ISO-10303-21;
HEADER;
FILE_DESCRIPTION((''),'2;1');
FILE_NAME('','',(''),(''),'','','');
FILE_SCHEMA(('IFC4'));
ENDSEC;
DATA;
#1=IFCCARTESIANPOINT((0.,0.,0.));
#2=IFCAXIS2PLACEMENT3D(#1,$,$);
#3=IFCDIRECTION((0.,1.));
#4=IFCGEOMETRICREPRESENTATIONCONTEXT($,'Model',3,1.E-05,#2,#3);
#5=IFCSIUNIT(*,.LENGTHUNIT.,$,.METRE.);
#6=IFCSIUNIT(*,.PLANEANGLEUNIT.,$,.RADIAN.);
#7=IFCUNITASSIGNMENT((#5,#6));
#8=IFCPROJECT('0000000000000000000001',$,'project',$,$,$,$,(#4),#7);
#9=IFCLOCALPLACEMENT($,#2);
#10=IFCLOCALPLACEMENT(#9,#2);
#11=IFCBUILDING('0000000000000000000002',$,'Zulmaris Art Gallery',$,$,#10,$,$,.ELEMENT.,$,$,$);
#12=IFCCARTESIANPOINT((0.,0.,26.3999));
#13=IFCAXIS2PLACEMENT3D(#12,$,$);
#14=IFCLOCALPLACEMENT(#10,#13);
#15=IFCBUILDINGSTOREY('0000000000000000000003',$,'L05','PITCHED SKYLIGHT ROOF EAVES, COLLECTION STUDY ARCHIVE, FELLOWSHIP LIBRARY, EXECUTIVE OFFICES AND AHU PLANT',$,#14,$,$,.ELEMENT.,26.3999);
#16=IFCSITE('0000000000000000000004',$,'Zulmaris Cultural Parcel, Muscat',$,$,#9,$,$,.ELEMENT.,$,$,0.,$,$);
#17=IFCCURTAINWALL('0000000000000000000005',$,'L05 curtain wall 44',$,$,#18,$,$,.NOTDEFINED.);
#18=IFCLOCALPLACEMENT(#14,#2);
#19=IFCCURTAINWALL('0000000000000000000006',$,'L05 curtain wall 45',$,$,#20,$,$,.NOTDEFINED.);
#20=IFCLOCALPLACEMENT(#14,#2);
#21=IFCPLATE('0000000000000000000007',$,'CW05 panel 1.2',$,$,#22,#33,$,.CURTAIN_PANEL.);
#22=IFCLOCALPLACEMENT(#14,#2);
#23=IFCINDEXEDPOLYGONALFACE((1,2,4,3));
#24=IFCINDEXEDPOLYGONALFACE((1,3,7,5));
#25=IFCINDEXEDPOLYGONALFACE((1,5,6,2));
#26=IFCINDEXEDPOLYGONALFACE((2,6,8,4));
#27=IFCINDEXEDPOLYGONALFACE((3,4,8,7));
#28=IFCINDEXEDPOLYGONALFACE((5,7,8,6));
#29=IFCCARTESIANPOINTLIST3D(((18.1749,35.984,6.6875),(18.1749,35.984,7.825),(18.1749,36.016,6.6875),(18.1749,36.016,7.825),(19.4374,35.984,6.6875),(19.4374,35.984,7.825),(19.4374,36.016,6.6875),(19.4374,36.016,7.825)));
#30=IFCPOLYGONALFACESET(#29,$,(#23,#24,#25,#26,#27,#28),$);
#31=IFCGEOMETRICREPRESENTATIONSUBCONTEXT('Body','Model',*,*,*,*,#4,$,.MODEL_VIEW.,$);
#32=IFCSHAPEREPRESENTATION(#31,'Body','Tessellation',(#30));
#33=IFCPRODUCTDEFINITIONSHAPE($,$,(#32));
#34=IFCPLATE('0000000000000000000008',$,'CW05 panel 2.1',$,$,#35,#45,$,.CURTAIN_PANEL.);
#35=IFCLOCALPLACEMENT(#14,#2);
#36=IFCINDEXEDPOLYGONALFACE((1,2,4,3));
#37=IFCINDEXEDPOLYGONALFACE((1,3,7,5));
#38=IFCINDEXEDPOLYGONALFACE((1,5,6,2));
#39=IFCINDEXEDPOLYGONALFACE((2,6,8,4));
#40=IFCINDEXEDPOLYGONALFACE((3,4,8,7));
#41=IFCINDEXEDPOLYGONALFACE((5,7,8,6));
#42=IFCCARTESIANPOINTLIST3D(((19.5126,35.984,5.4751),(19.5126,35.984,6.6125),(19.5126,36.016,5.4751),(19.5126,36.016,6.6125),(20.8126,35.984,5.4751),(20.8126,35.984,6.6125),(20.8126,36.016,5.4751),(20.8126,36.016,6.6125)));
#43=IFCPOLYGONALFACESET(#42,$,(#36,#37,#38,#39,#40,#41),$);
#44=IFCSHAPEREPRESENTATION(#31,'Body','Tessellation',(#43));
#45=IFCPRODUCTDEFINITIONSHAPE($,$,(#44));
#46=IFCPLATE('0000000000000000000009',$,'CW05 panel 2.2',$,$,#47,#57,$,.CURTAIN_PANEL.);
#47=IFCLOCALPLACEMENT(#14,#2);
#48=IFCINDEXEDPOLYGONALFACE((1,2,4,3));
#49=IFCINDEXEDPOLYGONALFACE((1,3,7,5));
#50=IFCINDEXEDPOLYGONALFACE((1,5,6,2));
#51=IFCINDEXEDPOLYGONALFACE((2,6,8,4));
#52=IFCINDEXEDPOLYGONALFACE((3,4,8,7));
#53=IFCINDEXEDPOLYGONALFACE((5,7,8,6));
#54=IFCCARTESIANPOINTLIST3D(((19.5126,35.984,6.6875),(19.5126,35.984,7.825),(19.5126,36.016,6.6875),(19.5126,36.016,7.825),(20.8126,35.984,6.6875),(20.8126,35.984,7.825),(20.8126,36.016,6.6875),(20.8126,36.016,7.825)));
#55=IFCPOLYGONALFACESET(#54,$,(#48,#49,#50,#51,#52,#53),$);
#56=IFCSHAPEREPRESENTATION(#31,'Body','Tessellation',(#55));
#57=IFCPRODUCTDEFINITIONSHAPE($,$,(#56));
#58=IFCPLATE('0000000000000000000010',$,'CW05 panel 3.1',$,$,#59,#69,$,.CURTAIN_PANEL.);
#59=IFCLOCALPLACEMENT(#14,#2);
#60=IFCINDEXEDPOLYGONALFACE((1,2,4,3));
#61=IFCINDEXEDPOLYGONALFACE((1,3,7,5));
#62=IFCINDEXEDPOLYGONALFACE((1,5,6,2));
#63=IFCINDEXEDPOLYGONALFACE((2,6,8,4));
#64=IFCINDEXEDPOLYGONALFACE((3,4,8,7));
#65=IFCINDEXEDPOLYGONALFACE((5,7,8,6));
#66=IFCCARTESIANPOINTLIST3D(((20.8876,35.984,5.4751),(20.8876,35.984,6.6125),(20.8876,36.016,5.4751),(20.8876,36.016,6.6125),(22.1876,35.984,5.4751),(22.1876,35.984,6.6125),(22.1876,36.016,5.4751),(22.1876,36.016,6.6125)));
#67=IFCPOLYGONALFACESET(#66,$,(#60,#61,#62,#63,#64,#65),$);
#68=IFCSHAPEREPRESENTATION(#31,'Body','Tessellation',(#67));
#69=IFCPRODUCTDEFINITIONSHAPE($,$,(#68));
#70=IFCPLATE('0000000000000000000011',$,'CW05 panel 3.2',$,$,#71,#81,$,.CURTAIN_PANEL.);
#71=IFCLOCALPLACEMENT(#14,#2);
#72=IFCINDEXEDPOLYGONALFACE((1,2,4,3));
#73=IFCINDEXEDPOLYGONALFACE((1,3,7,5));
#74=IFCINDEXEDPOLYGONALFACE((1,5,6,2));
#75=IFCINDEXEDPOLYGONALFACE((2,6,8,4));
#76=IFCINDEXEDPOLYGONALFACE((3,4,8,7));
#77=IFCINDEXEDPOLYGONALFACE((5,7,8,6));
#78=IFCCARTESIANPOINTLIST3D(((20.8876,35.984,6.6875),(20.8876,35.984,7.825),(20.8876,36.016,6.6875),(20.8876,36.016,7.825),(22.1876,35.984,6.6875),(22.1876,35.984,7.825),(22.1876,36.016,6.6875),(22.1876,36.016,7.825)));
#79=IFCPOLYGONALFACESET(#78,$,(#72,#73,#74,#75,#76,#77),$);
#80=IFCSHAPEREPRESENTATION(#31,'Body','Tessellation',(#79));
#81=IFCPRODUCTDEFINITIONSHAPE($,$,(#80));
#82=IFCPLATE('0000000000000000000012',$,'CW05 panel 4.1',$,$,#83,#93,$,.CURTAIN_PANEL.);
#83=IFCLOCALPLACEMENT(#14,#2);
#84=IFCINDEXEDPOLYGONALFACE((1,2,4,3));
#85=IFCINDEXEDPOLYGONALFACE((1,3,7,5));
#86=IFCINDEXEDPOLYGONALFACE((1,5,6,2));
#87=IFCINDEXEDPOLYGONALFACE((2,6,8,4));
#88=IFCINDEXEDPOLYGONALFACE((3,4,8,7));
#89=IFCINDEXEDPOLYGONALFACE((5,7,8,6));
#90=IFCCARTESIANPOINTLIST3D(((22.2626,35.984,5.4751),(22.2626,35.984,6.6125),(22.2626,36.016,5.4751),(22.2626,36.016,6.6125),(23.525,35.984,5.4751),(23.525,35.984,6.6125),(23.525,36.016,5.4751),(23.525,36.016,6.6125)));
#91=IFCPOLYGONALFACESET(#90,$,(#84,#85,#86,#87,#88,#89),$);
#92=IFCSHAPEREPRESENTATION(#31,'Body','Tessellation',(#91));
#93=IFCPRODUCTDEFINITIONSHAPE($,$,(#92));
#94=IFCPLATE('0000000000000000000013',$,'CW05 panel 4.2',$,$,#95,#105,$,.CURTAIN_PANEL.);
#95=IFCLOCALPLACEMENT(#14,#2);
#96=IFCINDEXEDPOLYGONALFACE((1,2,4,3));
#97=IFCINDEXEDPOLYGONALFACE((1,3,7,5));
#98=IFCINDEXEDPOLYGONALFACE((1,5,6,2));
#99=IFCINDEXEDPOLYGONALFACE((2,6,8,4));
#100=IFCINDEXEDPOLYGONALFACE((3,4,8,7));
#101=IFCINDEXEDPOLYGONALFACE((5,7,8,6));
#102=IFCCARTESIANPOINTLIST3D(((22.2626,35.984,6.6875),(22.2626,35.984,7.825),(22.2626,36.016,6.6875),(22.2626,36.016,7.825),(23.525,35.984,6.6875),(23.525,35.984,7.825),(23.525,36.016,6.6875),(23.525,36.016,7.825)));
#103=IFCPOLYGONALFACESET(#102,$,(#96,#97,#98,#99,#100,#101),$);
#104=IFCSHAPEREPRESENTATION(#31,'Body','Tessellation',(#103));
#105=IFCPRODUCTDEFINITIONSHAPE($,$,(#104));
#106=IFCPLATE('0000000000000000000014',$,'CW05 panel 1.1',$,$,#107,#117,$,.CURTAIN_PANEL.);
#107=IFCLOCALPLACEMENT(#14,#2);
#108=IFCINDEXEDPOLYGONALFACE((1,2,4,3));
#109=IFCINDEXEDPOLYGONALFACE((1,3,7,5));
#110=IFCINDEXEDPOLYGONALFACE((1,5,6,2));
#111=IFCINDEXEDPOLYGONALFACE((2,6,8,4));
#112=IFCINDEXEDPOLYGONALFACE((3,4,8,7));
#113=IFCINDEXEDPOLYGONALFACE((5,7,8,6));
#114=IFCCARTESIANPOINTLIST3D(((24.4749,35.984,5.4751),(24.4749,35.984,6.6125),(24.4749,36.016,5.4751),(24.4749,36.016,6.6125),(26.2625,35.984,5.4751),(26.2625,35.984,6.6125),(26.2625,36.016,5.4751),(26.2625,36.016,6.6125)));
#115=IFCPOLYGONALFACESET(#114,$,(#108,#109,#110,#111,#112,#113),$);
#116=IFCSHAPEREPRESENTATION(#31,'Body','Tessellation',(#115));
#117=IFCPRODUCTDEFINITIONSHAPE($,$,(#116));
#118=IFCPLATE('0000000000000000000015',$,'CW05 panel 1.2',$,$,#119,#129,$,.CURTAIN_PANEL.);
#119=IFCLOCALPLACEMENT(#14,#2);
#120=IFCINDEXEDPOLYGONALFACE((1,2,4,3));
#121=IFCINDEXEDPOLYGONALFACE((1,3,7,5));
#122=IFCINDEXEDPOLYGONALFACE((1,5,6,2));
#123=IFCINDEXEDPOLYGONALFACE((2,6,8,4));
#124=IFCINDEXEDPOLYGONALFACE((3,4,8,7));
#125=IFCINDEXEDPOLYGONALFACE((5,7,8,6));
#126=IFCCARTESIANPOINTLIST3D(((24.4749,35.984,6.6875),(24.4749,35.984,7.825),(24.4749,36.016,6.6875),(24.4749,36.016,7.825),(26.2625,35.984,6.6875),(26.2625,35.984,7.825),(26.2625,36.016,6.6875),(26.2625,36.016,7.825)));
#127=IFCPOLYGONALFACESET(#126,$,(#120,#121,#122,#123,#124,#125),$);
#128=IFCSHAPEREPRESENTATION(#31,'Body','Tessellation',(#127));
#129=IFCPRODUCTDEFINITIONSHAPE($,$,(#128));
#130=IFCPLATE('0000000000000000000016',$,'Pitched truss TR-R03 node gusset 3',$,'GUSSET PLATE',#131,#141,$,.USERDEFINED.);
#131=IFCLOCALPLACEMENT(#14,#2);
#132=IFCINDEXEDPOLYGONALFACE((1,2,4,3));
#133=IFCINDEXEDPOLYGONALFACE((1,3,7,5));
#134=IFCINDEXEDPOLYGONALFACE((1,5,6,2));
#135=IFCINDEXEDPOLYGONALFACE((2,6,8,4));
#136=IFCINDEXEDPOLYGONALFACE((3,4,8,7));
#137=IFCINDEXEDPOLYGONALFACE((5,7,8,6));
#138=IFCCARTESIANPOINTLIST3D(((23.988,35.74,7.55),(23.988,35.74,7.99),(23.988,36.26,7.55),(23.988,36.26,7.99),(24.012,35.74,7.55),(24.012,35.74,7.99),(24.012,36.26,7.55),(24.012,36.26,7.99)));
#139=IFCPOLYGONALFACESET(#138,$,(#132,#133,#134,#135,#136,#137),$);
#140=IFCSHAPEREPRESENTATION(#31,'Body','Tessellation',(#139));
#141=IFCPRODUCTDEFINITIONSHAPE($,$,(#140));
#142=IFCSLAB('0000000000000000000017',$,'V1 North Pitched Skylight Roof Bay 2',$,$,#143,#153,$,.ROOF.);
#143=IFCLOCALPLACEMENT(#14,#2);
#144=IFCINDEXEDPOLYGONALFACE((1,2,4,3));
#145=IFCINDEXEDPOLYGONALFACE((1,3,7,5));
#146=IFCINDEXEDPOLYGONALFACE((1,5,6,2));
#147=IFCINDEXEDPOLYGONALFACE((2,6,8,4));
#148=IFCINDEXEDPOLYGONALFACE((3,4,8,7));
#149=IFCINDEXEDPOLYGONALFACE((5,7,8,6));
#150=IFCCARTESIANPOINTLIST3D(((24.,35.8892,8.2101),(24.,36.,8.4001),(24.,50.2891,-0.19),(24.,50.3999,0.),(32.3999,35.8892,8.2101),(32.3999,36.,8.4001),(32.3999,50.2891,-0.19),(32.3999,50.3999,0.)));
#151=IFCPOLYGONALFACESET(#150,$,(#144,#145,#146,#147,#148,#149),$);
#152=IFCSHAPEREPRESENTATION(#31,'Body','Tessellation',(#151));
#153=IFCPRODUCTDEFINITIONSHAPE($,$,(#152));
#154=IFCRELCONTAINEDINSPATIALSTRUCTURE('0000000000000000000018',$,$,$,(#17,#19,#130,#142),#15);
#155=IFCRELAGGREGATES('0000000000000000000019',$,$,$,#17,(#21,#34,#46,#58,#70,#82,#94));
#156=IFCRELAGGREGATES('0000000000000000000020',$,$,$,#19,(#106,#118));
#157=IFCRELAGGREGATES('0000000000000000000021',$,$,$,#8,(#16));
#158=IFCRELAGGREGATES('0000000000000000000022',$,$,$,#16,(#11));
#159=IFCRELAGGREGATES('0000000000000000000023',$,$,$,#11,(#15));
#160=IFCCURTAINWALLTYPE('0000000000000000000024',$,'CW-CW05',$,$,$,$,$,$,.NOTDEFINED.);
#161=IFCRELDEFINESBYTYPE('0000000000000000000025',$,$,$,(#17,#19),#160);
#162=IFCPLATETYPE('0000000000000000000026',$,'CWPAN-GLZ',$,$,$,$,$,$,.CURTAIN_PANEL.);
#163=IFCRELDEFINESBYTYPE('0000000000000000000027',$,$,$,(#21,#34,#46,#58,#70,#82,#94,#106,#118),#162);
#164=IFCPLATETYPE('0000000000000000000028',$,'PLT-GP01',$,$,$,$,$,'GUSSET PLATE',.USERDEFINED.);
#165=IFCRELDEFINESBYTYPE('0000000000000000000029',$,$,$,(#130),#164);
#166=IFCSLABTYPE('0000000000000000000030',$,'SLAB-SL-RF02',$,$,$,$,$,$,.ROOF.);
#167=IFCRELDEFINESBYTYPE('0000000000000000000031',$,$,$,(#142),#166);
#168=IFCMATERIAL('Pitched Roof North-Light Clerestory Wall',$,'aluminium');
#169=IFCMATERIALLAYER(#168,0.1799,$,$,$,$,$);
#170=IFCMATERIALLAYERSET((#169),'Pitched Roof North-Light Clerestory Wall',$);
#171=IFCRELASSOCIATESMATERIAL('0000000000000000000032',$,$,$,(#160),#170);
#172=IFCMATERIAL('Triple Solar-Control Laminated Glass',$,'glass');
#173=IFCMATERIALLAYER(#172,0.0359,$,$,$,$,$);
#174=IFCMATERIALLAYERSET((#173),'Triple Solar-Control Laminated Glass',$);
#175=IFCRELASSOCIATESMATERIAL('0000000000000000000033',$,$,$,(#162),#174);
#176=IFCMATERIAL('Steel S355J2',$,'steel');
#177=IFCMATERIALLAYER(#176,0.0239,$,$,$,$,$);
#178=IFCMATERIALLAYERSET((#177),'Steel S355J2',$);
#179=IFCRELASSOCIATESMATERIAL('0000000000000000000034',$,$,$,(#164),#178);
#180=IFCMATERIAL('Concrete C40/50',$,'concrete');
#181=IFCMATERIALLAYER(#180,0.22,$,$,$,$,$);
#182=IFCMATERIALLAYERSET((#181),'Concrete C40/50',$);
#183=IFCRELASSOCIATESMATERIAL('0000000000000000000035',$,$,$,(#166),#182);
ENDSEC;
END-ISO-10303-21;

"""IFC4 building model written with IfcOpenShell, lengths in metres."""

from ifc_helpers import new_model, si_unit, direction, frame, origin, origin_2d, place, context, subcontext, project, spatial, polyline, rectangle, outline, extrude, material, layer, layer_set, type_object, element, aggregate, save


model = new_model("IFC4")

# Units and contexts
model_context = context("Model", 3, precision=1e-05, world=origin(), true_north=direction((0.0, 1.0)))
body_context = subcontext(model_context, "Body", "Model", "MODEL_VIEW")
ifc_project = project(units=[si_unit("LENGTHUNIT", "METRE"), si_unit("PLANEANGLEUNIT", "RADIAN")], contexts=[model_context])

# Site, building, storey
site_placement = place(None, origin())
site = spatial("IfcSite", under=ifc_project, at=site_placement, Name="Zulmaris Cultural Parcel, Muscat", CompositionType="ELEMENT", RefElevation=0.0)
building_placement = place(site_placement, origin())
building = spatial("IfcBuilding", under=site, at=building_placement, Name="Zulmaris Art Gallery", CompositionType="ELEMENT")
storey_placement = place(building_placement, frame((0.0, 0.0, 26.3999)))
storey = spatial("IfcBuildingStorey", under=building, at=storey_placement, Name="L05", Description="PITCHED SKYLIGHT ROOF EAVES, COLLECTION STUDY ARCHIVE, FELLOWSHIP LIBRARY, EXECUTIVE OFFICES AND AHU PLANT", CompositionType="ELEMENT", Elevation=26.3999)

# Curtain wall
ifc_material_1 = material(Name="Pitched Roof North-Light Clerestory Wall", Category="aluminium")
ifc_layer_1 = layer(ifc_material_1, 0.1799)
ifc_layer_set_1 = layer_set([ifc_layer_1], Name="Pitched Roof North-Light Clerestory Wall")
curtain_wall_type = type_object("IfcCurtainWallType", Name="CW-CW05", PredefinedType="NOTDEFINED", material=ifc_layer_set_1)
curtain_wall_1_placement = place(storey_placement, origin())
curtain_wall_1 = element("IfcCurtainWall", 1, at=curtain_wall_1_placement, inside=storey, type_object=curtain_wall_type, Name="L05 curtain wall 44", PredefinedType="NOTDEFINED")

# Curtain wall
curtain_wall_2_placement = place(storey_placement, origin())
curtain_wall_2 = element("IfcCurtainWall", 2, at=curtain_wall_2_placement, inside=storey, type_object=curtain_wall_type, Name="L05 curtain wall 45", PredefinedType="NOTDEFINED")

# Shared definitions
ifc_material_2 = material(Name="Steel S355J2", Category="steel")

# Plates
ifc_material_3 = material(Name="Triple Solar-Control Laminated Glass", Category="glass")
ifc_layer_2 = layer(ifc_material_3, 0.0359)
ifc_layer_set_2 = layer_set([ifc_layer_2], Name="Triple Solar-Control Laminated Glass")
plate_type_1 = type_object("IfcPlateType", Name="CWPAN-GLZ", PredefinedType="CURTAIN_PANEL", material=ifc_layer_set_2)
plate_1_placement = place(storey_placement, frame((18.8062, 36.0, 6.6875), z_axis=(0.0, 0.0, 1.0), x_axis=(1.0, 0.0, 0.0)))
plate_1 = element("IfcPlate", 3, at=plate_1_placement, type_object=plate_type_1, Name="CW05 panel 1.2", PredefinedType="CURTAIN_PANEL", context=body_context, shape_type="SweptSolid", body=[
    extrude(rectangle(XDim=1.2625, YDim=0.032, at=origin_2d()), origin(), (0.0, 0.0, 1.0), 1.1375),
])
plate_2_placement = place(storey_placement, frame((20.1626, 36.0, 5.4751), z_axis=(0.0, 0.0, 1.0), x_axis=(1.0, 0.0, 0.0)))
plate_2 = element("IfcPlate", 4, at=plate_2_placement, type_object=plate_type_1, Name="CW05 panel 2.1", PredefinedType="CURTAIN_PANEL", context=body_context, shape_type="SweptSolid", body=[
    extrude(rectangle(XDim=1.3, YDim=0.032, at=origin_2d()), origin(), (0.0, 0.0, 1.0), 1.1375),
])
plate_3_placement = place(storey_placement, frame((20.1626, 36.0, 6.6875), z_axis=(0.0, 0.0, 1.0), x_axis=(1.0, 0.0, 0.0)))
plate_3 = element("IfcPlate", 5, at=plate_3_placement, type_object=plate_type_1, Name="CW05 panel 2.2", PredefinedType="CURTAIN_PANEL", context=body_context, shape_type="SweptSolid", body=[
    extrude(rectangle(XDim=1.3, YDim=0.032, at=origin_2d()), origin(), (0.0, 0.0, 1.0), 1.1375),
])
plate_4_placement = place(storey_placement, frame((21.5376, 36.0, 5.4751), z_axis=(0.0, 0.0, 1.0), x_axis=(1.0, 0.0, 0.0)))
plate_4 = element("IfcPlate", 6, at=plate_4_placement, type_object=plate_type_1, Name="CW05 panel 3.1", PredefinedType="CURTAIN_PANEL", context=body_context, shape_type="SweptSolid", body=[
    extrude(rectangle(XDim=1.3, YDim=0.032, at=origin_2d()), origin(), (0.0, 0.0, 1.0), 1.1375),
])
plate_5_placement = place(storey_placement, frame((21.5376, 36.0, 6.6875), z_axis=(0.0, 0.0, 1.0), x_axis=(1.0, 0.0, 0.0)))
plate_5 = element("IfcPlate", 7, at=plate_5_placement, type_object=plate_type_1, Name="CW05 panel 3.2", PredefinedType="CURTAIN_PANEL", context=body_context, shape_type="SweptSolid", body=[
    extrude(rectangle(XDim=1.3, YDim=0.032, at=origin_2d()), origin(), (0.0, 0.0, 1.0), 1.1375),
])
plate_6_placement = place(storey_placement, frame((22.8938, 36.0, 5.4751), z_axis=(0.0, 0.0, 1.0), x_axis=(1.0, 0.0, 0.0)))
plate_6 = element("IfcPlate", 8, at=plate_6_placement, type_object=plate_type_1, Name="CW05 panel 4.1", PredefinedType="CURTAIN_PANEL", context=body_context, shape_type="SweptSolid", body=[
    extrude(rectangle(XDim=1.2625, YDim=0.032, at=origin_2d()), origin(), (0.0, 0.0, 1.0), 1.1375),
])
plate_7_placement = place(storey_placement, frame((22.8938, 36.0, 6.6875), z_axis=(0.0, 0.0, 1.0), x_axis=(1.0, 0.0, 0.0)))
plate_7 = element("IfcPlate", 9, at=plate_7_placement, type_object=plate_type_1, Name="CW05 panel 4.2", PredefinedType="CURTAIN_PANEL", context=body_context, shape_type="SweptSolid", body=[
    extrude(rectangle(XDim=1.2625, YDim=0.032, at=origin_2d()), origin(), (0.0, 0.0, 1.0), 1.1375),
])
aggregate(curtain_wall_1, [plate_1, plate_2, plate_3, plate_4, plate_5, plate_6, plate_7])
plate_8_placement = place(storey_placement, frame((25.3687, 36.0, 5.4751), z_axis=(0.0, 0.0, 1.0), x_axis=(1.0, 0.0, 0.0)))
plate_8 = element("IfcPlate", 10, at=plate_8_placement, type_object=plate_type_1, Name="CW05 panel 1.1", PredefinedType="CURTAIN_PANEL", context=body_context, shape_type="SweptSolid", body=[
    extrude(rectangle(XDim=1.7876, YDim=0.032, at=origin_2d()), origin(), (0.0, 0.0, 1.0), 1.1375),
])
plate_9_placement = place(storey_placement, frame((25.3687, 36.0, 6.6875), z_axis=(0.0, 0.0, 1.0), x_axis=(1.0, 0.0, 0.0)))
plate_9 = element("IfcPlate", 11, at=plate_9_placement, type_object=plate_type_1, Name="CW05 panel 1.2", PredefinedType="CURTAIN_PANEL", context=body_context, shape_type="SweptSolid", body=[
    extrude(rectangle(XDim=1.7876, YDim=0.032, at=origin_2d()), origin(), (0.0, 0.0, 1.0), 1.1375),
])
aggregate(curtain_wall_2, [plate_8, plate_9])
ifc_layer_3 = layer(ifc_material_2, 0.0239)
ifc_layer_set_3 = layer_set([ifc_layer_3], Name="Steel S355J2")
plate_type_2 = type_object("IfcPlateType", Name="PLT-GP01", ElementType="GUSSET PLATE", PredefinedType="USERDEFINED", material=ifc_layer_set_3)
plate_10_placement = place(storey_placement, frame((24.0, 36.0, 7.55), z_axis=(0.0, 0.0, 1.0), x_axis=(1.0, 0.0, 0.0)))
element("IfcPlate", 12, at=plate_10_placement, inside=storey, type_object=plate_type_2, Name="Pitched truss TR-R03 node gusset 3", ObjectType="GUSSET PLATE", PredefinedType="USERDEFINED", context=body_context, shape_type="SweptSolid", body=[
    extrude(rectangle(XDim=0.0239, YDim=0.52, at=origin_2d()), origin(), (0.0, 0.0, 1.0), 0.4399),
])

# Slab
ifc_material_4 = material(Name="Concrete C40/50", Category="concrete")
ifc_layer_4 = layer(ifc_material_4, 0.22)
ifc_layer_set_4 = layer_set([ifc_layer_4], Name="Concrete C40/50")
slab_type = type_object("IfcSlabType", Name="SLAB-SL-RF02", PredefinedType="ROOF", material=ifc_layer_set_4)
slab_placement = place(storey_placement, frame((24.0, 36.0, 8.4001), z_axis=(0.0, 0.50388, 0.863774), x_axis=(1.0, 0.0, 0.0)))
element("IfcSlab", 13, at=slab_placement, inside=storey, type_object=slab_type, Name="V1 North Pitched Skylight Roof Bay 2", PredefinedType="ROOF", context=body_context, shape_type="SweptSolid", body=[
    extrude(outline(polyline([(0.0, 0.0), (8.3999, 0.0), (8.3999, 16.6709), (0.0, 16.6709), (0.0, 0.0)])), origin(), (0.0, 0.0, -1.0), 0.22),
])

save(model, "model.ifc")
